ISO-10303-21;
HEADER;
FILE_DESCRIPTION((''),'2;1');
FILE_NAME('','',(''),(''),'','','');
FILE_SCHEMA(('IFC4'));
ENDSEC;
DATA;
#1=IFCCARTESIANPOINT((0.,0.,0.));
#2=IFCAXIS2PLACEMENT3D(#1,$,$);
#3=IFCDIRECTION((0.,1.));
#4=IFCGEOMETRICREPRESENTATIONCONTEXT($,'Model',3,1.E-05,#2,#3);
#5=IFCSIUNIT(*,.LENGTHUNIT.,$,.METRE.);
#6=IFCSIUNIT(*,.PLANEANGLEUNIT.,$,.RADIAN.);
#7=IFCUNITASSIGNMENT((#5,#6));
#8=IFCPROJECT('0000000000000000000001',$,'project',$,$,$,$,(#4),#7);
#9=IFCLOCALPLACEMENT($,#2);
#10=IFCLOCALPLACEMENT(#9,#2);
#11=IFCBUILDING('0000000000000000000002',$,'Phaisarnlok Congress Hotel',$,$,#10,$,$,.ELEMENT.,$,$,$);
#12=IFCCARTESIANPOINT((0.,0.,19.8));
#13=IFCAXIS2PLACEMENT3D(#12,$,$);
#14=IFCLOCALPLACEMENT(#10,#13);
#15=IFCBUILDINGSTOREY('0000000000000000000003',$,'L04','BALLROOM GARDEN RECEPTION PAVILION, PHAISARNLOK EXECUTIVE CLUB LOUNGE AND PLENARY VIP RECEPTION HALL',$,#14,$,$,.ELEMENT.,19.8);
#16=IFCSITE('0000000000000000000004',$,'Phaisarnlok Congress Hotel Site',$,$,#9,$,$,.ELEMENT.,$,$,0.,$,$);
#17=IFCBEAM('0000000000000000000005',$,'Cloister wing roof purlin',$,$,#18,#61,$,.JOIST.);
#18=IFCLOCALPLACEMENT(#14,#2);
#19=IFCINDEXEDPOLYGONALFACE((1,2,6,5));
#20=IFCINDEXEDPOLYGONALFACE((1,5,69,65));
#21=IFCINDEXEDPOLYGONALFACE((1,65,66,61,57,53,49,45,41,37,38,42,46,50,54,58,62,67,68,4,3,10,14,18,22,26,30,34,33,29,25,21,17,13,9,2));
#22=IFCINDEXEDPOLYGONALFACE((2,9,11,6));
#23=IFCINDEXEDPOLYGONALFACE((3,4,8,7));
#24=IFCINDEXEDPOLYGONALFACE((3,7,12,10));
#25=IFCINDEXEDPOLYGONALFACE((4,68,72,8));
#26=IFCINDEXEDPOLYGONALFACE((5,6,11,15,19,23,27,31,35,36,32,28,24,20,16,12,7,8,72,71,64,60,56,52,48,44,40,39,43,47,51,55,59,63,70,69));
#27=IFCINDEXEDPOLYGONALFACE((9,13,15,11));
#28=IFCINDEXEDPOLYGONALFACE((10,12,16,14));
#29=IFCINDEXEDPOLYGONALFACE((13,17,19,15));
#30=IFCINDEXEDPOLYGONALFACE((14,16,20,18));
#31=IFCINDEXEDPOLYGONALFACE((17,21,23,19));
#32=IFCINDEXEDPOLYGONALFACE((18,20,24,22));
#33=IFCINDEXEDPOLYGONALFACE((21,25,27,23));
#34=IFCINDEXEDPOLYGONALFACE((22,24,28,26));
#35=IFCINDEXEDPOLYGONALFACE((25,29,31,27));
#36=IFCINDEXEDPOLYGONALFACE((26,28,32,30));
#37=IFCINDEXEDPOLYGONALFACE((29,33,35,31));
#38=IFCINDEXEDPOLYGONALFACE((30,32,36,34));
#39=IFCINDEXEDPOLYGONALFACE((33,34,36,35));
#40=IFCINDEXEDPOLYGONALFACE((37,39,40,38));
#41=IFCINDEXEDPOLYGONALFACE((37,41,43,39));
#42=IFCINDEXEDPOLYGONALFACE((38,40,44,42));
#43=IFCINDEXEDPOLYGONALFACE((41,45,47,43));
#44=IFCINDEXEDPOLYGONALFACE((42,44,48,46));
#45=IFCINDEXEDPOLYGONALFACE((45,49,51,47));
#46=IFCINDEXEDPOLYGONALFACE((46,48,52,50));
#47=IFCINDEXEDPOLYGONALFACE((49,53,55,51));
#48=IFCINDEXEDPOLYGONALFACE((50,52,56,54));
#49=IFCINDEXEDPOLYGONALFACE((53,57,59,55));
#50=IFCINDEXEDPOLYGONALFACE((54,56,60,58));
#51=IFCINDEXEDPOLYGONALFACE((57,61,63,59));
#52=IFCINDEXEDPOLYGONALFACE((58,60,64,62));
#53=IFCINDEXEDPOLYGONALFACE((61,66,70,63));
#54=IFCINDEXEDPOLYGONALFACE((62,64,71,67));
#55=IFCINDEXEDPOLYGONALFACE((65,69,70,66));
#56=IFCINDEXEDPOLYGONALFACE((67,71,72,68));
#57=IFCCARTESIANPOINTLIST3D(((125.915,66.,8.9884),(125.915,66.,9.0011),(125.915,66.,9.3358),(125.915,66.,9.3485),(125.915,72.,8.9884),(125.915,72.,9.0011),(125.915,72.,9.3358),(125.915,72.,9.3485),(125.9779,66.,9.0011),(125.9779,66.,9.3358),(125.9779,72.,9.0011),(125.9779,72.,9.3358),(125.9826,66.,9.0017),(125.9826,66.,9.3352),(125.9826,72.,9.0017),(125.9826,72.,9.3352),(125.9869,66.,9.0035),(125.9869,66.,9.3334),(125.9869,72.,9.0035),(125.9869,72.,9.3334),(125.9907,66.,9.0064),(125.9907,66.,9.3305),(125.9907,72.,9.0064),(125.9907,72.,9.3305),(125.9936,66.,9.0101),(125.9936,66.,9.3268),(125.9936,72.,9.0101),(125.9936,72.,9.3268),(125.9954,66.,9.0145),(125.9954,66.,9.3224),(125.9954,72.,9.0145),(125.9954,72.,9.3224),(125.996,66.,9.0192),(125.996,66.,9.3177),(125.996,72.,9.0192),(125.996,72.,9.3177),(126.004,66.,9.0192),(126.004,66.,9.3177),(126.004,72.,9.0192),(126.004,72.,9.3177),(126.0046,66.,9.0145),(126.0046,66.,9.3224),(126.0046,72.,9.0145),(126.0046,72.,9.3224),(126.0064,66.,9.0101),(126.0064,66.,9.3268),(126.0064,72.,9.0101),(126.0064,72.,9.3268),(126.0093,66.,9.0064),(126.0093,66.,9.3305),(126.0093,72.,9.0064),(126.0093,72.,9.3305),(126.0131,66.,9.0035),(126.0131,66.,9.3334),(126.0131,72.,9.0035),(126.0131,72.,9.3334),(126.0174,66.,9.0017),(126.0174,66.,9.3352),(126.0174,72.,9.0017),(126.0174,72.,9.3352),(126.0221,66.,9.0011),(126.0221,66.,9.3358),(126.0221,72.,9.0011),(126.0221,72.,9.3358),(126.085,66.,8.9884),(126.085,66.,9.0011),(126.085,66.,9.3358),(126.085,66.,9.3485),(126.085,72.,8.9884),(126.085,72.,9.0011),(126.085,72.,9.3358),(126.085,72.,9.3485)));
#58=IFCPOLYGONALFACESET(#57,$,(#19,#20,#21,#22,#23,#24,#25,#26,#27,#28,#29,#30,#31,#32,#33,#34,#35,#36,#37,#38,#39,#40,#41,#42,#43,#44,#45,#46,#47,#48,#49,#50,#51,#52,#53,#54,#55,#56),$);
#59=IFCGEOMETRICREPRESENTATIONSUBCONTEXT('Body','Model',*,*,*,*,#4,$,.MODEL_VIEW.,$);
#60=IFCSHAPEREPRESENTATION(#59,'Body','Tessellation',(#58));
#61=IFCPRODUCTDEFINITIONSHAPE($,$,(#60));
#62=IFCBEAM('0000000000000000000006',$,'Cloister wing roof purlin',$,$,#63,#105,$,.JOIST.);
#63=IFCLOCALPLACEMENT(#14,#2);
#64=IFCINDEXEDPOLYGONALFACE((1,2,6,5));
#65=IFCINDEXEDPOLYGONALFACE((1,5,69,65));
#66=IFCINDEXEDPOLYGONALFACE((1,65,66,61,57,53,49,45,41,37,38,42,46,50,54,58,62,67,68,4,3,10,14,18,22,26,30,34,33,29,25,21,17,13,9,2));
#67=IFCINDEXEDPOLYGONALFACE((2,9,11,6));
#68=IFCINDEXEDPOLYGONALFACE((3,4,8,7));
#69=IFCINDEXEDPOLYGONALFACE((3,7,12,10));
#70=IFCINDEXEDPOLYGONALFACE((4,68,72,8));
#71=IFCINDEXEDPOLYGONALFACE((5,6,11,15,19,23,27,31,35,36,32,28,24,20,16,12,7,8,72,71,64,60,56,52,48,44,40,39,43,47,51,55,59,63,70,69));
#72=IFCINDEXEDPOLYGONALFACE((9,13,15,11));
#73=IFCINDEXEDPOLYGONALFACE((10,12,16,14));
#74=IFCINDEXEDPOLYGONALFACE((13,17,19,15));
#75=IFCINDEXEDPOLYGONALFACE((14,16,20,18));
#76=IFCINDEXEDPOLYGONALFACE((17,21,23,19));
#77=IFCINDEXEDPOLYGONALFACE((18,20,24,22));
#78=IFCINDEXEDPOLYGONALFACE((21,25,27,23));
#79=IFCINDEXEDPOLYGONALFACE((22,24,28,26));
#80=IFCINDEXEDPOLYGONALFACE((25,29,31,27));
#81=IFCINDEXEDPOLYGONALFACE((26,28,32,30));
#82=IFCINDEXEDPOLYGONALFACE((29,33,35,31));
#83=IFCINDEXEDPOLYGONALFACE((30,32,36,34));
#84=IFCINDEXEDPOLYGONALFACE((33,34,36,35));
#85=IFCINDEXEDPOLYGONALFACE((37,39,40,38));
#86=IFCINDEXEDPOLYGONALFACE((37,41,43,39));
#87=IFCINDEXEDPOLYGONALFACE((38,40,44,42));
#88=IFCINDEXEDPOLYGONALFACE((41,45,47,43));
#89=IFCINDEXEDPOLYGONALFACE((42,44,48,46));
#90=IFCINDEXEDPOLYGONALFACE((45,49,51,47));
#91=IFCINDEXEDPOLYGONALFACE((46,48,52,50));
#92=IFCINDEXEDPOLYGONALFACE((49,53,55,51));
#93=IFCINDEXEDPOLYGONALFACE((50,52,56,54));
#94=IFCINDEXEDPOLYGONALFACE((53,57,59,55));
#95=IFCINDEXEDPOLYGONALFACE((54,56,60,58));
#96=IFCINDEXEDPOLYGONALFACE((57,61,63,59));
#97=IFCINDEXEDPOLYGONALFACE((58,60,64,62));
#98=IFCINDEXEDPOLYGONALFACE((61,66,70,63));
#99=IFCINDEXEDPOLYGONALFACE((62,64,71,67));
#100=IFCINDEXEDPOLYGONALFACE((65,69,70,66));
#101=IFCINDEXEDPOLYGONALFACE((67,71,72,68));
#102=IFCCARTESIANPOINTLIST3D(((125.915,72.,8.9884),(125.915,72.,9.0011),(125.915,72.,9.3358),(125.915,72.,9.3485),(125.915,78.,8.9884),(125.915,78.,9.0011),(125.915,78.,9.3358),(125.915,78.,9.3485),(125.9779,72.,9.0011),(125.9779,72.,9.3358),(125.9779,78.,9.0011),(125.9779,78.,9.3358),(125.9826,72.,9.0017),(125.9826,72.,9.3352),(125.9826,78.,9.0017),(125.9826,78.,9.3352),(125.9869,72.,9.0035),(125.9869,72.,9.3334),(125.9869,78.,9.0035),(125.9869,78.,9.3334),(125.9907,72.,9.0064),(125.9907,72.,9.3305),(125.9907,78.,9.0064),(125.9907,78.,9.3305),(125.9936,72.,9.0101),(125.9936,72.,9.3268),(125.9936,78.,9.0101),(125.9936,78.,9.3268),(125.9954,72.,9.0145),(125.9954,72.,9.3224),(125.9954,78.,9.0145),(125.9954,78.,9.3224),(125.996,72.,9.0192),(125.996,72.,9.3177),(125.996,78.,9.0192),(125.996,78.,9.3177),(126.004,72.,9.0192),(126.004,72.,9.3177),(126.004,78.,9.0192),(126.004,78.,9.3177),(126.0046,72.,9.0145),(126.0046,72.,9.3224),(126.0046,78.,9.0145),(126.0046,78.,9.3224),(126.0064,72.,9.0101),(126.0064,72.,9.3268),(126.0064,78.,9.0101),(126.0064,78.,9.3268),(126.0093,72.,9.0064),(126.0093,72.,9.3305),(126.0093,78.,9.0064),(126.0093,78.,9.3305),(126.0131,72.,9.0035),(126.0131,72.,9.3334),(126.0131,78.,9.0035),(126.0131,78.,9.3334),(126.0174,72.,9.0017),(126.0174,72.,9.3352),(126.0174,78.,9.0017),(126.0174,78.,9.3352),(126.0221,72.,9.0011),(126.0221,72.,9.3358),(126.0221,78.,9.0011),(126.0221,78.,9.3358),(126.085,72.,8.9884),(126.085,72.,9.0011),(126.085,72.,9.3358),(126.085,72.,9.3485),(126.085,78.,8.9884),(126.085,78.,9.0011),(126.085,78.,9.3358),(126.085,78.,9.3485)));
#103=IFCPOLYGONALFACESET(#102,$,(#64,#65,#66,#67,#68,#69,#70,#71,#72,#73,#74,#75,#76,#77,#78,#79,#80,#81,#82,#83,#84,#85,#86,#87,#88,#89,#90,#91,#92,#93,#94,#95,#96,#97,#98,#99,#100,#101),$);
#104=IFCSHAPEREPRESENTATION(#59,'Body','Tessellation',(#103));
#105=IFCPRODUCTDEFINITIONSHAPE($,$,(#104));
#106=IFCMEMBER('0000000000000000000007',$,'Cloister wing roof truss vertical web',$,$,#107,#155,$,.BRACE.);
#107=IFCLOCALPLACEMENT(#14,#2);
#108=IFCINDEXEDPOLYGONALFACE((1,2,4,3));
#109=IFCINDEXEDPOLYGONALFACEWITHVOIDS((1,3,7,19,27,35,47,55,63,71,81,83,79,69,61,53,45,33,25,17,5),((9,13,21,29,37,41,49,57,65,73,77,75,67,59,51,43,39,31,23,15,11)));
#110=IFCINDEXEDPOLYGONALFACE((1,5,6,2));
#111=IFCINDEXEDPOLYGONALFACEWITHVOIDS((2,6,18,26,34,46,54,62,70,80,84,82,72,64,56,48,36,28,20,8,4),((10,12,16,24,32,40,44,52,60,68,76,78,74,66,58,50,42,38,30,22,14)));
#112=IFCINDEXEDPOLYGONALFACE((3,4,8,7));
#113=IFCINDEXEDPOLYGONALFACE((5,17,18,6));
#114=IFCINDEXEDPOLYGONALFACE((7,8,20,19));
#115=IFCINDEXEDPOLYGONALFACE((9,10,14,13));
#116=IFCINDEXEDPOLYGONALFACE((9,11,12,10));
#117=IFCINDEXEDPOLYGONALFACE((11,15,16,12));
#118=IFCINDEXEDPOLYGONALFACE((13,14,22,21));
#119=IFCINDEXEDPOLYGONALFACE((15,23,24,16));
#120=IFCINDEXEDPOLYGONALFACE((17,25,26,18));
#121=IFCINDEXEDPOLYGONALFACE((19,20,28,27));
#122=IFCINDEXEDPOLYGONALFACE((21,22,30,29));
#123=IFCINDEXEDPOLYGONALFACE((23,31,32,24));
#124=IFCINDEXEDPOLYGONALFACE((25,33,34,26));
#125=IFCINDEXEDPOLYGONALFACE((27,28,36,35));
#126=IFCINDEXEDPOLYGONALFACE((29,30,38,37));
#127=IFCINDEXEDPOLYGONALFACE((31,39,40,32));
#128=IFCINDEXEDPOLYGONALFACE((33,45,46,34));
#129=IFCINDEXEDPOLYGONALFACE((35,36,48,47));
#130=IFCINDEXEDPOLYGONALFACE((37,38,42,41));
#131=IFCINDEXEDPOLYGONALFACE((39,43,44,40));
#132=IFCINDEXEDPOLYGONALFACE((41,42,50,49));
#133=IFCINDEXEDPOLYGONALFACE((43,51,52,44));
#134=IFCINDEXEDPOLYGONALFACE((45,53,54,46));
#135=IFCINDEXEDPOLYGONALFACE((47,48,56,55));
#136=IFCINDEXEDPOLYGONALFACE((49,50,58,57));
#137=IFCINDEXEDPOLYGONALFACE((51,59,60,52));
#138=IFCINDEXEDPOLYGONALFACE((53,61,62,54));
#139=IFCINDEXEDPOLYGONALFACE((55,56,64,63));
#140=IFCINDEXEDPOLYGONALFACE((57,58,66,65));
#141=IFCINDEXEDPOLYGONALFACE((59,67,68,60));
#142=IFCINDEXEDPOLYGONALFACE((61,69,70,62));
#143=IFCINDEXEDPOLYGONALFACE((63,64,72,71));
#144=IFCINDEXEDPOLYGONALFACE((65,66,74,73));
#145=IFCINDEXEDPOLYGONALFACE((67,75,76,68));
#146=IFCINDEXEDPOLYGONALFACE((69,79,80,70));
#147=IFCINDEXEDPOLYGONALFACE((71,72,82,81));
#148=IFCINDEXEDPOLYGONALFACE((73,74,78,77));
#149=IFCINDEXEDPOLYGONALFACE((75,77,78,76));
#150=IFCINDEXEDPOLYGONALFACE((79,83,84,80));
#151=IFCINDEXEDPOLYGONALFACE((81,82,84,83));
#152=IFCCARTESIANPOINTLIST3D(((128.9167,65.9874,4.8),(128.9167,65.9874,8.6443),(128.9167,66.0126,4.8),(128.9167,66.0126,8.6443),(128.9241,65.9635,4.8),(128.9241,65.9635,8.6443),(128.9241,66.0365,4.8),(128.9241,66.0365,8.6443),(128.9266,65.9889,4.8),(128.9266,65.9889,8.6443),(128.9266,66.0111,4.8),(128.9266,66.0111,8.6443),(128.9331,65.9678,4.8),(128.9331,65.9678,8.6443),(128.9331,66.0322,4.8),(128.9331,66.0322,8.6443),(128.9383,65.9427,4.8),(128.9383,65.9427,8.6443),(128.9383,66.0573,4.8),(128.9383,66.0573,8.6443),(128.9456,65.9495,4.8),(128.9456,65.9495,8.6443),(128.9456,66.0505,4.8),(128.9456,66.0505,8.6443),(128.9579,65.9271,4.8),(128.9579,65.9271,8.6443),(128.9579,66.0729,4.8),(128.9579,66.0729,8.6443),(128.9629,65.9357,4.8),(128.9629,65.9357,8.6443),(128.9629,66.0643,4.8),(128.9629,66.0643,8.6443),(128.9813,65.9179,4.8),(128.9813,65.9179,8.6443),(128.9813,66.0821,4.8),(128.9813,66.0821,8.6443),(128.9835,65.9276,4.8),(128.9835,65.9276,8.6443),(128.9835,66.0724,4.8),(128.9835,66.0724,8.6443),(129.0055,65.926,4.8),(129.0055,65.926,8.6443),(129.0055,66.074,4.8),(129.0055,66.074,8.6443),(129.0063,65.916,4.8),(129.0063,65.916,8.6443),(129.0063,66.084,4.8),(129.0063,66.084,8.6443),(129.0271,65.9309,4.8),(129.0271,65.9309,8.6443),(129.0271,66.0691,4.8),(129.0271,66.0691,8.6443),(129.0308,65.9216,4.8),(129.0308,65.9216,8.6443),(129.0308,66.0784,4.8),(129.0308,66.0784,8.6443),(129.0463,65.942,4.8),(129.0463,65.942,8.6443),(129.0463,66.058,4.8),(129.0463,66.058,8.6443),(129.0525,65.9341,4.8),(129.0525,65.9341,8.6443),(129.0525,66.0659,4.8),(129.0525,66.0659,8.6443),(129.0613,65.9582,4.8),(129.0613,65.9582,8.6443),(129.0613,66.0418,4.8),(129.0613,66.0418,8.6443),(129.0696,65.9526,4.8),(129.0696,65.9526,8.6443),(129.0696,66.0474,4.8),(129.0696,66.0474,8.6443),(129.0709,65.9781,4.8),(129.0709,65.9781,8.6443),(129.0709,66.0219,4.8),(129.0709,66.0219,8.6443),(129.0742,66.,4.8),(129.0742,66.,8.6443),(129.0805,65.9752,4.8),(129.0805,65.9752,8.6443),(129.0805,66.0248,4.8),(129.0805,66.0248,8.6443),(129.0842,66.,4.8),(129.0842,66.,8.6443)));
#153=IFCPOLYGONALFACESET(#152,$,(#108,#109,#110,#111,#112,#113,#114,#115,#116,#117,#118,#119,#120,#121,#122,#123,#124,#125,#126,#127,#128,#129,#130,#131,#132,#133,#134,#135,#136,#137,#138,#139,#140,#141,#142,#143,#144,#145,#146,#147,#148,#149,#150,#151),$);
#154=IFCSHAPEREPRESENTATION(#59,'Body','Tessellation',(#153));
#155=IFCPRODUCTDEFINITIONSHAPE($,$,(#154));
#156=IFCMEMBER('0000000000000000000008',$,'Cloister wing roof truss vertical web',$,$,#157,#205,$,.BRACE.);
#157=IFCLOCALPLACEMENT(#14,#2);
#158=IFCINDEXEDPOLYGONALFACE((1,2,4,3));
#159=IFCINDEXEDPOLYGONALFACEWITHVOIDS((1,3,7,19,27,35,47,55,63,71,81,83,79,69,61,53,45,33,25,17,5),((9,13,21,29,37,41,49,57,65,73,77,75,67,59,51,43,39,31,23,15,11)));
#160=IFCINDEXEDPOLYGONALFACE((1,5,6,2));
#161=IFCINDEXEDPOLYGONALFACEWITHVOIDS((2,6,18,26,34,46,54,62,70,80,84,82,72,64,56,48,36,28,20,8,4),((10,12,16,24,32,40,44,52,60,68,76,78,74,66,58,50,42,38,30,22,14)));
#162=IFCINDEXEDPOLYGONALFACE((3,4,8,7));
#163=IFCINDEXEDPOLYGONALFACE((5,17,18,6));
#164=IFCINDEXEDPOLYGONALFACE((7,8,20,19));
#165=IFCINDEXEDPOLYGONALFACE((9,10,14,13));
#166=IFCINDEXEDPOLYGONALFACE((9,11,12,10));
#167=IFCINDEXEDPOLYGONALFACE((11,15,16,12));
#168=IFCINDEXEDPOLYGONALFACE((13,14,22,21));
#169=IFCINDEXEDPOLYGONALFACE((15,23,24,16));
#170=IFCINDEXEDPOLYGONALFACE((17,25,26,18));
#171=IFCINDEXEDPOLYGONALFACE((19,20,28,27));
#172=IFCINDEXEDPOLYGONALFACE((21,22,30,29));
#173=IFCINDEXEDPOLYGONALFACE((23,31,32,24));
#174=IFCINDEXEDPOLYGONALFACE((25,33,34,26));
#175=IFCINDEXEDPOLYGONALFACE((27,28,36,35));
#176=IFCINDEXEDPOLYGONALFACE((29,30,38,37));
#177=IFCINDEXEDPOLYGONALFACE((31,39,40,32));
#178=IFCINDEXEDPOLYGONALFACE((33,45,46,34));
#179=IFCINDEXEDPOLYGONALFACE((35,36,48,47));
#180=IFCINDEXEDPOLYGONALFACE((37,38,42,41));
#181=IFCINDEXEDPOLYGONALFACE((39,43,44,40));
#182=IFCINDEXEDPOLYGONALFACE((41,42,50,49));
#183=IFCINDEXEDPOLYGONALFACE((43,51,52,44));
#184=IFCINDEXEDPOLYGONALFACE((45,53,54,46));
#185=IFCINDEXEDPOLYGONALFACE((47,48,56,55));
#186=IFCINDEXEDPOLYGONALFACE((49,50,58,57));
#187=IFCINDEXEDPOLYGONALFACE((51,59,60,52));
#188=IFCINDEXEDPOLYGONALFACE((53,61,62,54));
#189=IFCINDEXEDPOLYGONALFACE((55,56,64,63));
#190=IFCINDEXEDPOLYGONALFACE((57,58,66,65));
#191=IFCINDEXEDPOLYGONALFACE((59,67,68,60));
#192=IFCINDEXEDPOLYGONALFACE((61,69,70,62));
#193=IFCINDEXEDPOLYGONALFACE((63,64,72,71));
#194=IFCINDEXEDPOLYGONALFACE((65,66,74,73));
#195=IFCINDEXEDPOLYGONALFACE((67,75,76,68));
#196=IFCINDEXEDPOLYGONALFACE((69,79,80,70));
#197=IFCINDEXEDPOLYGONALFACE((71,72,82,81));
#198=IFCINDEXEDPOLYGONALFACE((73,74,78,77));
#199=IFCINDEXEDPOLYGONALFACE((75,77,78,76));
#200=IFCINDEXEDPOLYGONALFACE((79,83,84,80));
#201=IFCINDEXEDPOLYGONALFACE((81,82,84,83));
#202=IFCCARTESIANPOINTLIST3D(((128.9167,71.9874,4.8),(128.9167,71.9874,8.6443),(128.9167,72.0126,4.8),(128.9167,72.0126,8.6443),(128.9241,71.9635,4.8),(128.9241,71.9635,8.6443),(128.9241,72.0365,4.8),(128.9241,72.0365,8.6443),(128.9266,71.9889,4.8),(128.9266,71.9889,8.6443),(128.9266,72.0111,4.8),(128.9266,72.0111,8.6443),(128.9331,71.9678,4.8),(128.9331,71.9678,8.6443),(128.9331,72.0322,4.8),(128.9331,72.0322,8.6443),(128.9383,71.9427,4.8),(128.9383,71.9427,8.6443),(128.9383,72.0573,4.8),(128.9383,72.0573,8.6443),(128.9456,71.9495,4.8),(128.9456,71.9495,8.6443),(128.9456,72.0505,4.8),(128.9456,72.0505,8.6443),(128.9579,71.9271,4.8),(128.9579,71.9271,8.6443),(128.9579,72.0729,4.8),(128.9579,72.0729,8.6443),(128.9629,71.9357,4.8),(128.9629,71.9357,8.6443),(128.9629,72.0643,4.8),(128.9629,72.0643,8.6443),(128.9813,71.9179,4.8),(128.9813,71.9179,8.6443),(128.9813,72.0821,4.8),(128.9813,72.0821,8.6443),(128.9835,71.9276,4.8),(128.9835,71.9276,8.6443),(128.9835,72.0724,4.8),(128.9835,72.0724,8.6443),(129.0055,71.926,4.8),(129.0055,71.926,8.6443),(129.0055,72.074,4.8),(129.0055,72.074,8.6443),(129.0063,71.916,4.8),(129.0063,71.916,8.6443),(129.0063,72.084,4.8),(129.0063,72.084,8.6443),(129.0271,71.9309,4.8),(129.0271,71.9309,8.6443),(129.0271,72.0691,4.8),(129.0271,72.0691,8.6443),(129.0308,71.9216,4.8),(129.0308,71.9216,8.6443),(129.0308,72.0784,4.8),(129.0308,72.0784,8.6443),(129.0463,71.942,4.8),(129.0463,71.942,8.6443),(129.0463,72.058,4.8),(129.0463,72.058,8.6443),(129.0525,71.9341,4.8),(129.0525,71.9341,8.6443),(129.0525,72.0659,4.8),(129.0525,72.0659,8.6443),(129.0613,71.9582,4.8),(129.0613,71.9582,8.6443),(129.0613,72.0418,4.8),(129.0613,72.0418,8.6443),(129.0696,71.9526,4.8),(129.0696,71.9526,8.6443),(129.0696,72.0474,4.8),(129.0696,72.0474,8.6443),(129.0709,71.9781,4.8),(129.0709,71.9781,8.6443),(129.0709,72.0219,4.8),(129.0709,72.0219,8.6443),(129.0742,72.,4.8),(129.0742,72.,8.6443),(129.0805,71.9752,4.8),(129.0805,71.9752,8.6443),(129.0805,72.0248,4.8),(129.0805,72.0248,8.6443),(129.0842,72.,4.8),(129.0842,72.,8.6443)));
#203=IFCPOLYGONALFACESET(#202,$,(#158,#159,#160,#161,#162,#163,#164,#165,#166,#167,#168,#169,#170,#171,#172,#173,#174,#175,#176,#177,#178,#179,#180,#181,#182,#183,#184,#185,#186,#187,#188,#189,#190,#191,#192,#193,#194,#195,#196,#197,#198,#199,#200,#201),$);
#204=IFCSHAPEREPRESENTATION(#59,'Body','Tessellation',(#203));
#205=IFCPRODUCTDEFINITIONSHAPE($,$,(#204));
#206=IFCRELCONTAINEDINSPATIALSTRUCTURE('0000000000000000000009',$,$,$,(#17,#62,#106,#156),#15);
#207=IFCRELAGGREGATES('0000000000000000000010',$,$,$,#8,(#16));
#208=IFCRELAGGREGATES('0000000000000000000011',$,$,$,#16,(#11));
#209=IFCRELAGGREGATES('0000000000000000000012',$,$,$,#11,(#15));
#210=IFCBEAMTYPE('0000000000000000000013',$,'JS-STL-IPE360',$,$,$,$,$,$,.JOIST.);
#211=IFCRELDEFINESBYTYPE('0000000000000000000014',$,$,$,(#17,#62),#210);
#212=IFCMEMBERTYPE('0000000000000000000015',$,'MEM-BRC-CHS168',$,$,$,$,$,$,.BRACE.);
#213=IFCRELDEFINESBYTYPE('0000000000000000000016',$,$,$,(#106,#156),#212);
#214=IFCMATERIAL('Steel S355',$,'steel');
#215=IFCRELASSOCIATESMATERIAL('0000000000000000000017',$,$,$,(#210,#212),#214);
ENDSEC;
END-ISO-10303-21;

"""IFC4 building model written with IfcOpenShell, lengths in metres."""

from ifc_helpers import new_model, si_unit, direction, frame, origin, origin_2d, place, context, subcontext, project, spatial, hollow_circle, i_section, extrude, material, material_profile, profile_set, type_object, element, save


model = new_model("IFC4")

# Units and contexts
model_context = context("Model", 3, precision=1e-05, world=origin(), true_north=direction((0.0, 1.0)))
body_context = subcontext(model_context, "Body", "Model", "MODEL_VIEW")
ifc_project = project(units=[si_unit("LENGTHUNIT", "METRE"), si_unit("PLANEANGLEUNIT", "RADIAN")], contexts=[model_context])

# Site, building, storey
site_placement = place(None, origin())
site = spatial("IfcSite", under=ifc_project, at=site_placement, Name="Phaisarnlok Congress Hotel Site", CompositionType="ELEMENT", RefElevation=0.0)
building_placement = place(site_placement, origin())
building = spatial("IfcBuilding", under=site, at=building_placement, Name="Phaisarnlok Congress Hotel", CompositionType="ELEMENT")
storey_placement = place(building_placement, frame((0.0, 0.0, 19.8)))
storey = spatial("IfcBuildingStorey", under=building, at=storey_placement, Name="L04", Description="BALLROOM GARDEN RECEPTION PAVILION, PHAISARNLOK EXECUTIVE CLUB LOUNGE AND PLENARY VIP RECEPTION HALL", CompositionType="ELEMENT", Elevation=19.8)

# Beams
ifc_material_1 = material(Name="Steel S355", Category="steel")
ifc_material_profile_1 = material_profile(ifc_material_1, i_section(OverallWidth=0.1699, OverallDepth=0.3601, WebThickness=0.0081, FlangeThickness=0.0127, FilletRadius=0.0181, at=origin_2d()), Name="IPE 360")
ifc_profile_set_1 = profile_set([ifc_material_profile_1], Name="Steel S355")
beam_type = type_object("IfcBeamType", Name="JS-STL-IPE360", PredefinedType="JOIST", material=ifc_profile_set_1)
for number, where, z_axis, x_axis, name in (
    (1, (126.0, 66.0, 9.1685), (0.0, 1.0, 0.0), (-1.0, 0.0, 0.0), "Cloister wing roof purlin"),
    (2, (126.0, 72.0, 9.1685), (0.0, 1.0, 0.0), (-1.0, 0.0, 0.0), "Cloister wing roof purlin"),
):
    element("IfcBeam", number, at=place(storey_placement, frame(where, z_axis=z_axis, x_axis=x_axis)), inside=storey, type_object=beam_type, Name=name, PredefinedType="JOIST", context=body_context, shape_type="SweptSolid", body=[
        extrude(i_section(OverallWidth=0.1699, OverallDepth=0.3601, WebThickness=0.0081, FlangeThickness=0.0127, FilletRadius=0.0181, at=origin_2d()), origin(), (0.0, 0.0, 1.0), 6.0),
    ])

# Members
ifc_material_profile_2 = material_profile(ifc_material_1, hollow_circle(Radius=0.0842, WallThickness=0.01, at=origin_2d()), Name="CHS 168.3x10")
ifc_profile_set_2 = profile_set([ifc_material_profile_2], Name="Steel S355")
member_type_1 = type_object("IfcMemberType", Name="MEM-BRC-CHS168", PredefinedType="BRACE", material=ifc_profile_set_2)
for number, where, z_axis, x_axis, name in (
    (3, (129.0, 66.0, 4.8), (0.0, 0.0, 1.0), (1.0, 0.0, 0.0), "Cloister wing roof truss vertical web"),
    (4, (129.0, 72.0, 4.8), (0.0, 0.0, 1.0), (1.0, 0.0, 0.0), "Cloister wing roof truss vertical web"),
):
    element("IfcMember", number, at=place(storey_placement, frame(where, z_axis=z_axis, x_axis=x_axis)), inside=storey, type_object=member_type_1, Name=name, PredefinedType="BRACE", context=body_context, shape_type="SweptSolid", body=[
        extrude(hollow_circle(Radius=0.0842, WallThickness=0.01, at=origin_2d()), origin(), (0.0, 0.0, 1.0), 3.8442),
    ])

save(model, "model.ifc")
